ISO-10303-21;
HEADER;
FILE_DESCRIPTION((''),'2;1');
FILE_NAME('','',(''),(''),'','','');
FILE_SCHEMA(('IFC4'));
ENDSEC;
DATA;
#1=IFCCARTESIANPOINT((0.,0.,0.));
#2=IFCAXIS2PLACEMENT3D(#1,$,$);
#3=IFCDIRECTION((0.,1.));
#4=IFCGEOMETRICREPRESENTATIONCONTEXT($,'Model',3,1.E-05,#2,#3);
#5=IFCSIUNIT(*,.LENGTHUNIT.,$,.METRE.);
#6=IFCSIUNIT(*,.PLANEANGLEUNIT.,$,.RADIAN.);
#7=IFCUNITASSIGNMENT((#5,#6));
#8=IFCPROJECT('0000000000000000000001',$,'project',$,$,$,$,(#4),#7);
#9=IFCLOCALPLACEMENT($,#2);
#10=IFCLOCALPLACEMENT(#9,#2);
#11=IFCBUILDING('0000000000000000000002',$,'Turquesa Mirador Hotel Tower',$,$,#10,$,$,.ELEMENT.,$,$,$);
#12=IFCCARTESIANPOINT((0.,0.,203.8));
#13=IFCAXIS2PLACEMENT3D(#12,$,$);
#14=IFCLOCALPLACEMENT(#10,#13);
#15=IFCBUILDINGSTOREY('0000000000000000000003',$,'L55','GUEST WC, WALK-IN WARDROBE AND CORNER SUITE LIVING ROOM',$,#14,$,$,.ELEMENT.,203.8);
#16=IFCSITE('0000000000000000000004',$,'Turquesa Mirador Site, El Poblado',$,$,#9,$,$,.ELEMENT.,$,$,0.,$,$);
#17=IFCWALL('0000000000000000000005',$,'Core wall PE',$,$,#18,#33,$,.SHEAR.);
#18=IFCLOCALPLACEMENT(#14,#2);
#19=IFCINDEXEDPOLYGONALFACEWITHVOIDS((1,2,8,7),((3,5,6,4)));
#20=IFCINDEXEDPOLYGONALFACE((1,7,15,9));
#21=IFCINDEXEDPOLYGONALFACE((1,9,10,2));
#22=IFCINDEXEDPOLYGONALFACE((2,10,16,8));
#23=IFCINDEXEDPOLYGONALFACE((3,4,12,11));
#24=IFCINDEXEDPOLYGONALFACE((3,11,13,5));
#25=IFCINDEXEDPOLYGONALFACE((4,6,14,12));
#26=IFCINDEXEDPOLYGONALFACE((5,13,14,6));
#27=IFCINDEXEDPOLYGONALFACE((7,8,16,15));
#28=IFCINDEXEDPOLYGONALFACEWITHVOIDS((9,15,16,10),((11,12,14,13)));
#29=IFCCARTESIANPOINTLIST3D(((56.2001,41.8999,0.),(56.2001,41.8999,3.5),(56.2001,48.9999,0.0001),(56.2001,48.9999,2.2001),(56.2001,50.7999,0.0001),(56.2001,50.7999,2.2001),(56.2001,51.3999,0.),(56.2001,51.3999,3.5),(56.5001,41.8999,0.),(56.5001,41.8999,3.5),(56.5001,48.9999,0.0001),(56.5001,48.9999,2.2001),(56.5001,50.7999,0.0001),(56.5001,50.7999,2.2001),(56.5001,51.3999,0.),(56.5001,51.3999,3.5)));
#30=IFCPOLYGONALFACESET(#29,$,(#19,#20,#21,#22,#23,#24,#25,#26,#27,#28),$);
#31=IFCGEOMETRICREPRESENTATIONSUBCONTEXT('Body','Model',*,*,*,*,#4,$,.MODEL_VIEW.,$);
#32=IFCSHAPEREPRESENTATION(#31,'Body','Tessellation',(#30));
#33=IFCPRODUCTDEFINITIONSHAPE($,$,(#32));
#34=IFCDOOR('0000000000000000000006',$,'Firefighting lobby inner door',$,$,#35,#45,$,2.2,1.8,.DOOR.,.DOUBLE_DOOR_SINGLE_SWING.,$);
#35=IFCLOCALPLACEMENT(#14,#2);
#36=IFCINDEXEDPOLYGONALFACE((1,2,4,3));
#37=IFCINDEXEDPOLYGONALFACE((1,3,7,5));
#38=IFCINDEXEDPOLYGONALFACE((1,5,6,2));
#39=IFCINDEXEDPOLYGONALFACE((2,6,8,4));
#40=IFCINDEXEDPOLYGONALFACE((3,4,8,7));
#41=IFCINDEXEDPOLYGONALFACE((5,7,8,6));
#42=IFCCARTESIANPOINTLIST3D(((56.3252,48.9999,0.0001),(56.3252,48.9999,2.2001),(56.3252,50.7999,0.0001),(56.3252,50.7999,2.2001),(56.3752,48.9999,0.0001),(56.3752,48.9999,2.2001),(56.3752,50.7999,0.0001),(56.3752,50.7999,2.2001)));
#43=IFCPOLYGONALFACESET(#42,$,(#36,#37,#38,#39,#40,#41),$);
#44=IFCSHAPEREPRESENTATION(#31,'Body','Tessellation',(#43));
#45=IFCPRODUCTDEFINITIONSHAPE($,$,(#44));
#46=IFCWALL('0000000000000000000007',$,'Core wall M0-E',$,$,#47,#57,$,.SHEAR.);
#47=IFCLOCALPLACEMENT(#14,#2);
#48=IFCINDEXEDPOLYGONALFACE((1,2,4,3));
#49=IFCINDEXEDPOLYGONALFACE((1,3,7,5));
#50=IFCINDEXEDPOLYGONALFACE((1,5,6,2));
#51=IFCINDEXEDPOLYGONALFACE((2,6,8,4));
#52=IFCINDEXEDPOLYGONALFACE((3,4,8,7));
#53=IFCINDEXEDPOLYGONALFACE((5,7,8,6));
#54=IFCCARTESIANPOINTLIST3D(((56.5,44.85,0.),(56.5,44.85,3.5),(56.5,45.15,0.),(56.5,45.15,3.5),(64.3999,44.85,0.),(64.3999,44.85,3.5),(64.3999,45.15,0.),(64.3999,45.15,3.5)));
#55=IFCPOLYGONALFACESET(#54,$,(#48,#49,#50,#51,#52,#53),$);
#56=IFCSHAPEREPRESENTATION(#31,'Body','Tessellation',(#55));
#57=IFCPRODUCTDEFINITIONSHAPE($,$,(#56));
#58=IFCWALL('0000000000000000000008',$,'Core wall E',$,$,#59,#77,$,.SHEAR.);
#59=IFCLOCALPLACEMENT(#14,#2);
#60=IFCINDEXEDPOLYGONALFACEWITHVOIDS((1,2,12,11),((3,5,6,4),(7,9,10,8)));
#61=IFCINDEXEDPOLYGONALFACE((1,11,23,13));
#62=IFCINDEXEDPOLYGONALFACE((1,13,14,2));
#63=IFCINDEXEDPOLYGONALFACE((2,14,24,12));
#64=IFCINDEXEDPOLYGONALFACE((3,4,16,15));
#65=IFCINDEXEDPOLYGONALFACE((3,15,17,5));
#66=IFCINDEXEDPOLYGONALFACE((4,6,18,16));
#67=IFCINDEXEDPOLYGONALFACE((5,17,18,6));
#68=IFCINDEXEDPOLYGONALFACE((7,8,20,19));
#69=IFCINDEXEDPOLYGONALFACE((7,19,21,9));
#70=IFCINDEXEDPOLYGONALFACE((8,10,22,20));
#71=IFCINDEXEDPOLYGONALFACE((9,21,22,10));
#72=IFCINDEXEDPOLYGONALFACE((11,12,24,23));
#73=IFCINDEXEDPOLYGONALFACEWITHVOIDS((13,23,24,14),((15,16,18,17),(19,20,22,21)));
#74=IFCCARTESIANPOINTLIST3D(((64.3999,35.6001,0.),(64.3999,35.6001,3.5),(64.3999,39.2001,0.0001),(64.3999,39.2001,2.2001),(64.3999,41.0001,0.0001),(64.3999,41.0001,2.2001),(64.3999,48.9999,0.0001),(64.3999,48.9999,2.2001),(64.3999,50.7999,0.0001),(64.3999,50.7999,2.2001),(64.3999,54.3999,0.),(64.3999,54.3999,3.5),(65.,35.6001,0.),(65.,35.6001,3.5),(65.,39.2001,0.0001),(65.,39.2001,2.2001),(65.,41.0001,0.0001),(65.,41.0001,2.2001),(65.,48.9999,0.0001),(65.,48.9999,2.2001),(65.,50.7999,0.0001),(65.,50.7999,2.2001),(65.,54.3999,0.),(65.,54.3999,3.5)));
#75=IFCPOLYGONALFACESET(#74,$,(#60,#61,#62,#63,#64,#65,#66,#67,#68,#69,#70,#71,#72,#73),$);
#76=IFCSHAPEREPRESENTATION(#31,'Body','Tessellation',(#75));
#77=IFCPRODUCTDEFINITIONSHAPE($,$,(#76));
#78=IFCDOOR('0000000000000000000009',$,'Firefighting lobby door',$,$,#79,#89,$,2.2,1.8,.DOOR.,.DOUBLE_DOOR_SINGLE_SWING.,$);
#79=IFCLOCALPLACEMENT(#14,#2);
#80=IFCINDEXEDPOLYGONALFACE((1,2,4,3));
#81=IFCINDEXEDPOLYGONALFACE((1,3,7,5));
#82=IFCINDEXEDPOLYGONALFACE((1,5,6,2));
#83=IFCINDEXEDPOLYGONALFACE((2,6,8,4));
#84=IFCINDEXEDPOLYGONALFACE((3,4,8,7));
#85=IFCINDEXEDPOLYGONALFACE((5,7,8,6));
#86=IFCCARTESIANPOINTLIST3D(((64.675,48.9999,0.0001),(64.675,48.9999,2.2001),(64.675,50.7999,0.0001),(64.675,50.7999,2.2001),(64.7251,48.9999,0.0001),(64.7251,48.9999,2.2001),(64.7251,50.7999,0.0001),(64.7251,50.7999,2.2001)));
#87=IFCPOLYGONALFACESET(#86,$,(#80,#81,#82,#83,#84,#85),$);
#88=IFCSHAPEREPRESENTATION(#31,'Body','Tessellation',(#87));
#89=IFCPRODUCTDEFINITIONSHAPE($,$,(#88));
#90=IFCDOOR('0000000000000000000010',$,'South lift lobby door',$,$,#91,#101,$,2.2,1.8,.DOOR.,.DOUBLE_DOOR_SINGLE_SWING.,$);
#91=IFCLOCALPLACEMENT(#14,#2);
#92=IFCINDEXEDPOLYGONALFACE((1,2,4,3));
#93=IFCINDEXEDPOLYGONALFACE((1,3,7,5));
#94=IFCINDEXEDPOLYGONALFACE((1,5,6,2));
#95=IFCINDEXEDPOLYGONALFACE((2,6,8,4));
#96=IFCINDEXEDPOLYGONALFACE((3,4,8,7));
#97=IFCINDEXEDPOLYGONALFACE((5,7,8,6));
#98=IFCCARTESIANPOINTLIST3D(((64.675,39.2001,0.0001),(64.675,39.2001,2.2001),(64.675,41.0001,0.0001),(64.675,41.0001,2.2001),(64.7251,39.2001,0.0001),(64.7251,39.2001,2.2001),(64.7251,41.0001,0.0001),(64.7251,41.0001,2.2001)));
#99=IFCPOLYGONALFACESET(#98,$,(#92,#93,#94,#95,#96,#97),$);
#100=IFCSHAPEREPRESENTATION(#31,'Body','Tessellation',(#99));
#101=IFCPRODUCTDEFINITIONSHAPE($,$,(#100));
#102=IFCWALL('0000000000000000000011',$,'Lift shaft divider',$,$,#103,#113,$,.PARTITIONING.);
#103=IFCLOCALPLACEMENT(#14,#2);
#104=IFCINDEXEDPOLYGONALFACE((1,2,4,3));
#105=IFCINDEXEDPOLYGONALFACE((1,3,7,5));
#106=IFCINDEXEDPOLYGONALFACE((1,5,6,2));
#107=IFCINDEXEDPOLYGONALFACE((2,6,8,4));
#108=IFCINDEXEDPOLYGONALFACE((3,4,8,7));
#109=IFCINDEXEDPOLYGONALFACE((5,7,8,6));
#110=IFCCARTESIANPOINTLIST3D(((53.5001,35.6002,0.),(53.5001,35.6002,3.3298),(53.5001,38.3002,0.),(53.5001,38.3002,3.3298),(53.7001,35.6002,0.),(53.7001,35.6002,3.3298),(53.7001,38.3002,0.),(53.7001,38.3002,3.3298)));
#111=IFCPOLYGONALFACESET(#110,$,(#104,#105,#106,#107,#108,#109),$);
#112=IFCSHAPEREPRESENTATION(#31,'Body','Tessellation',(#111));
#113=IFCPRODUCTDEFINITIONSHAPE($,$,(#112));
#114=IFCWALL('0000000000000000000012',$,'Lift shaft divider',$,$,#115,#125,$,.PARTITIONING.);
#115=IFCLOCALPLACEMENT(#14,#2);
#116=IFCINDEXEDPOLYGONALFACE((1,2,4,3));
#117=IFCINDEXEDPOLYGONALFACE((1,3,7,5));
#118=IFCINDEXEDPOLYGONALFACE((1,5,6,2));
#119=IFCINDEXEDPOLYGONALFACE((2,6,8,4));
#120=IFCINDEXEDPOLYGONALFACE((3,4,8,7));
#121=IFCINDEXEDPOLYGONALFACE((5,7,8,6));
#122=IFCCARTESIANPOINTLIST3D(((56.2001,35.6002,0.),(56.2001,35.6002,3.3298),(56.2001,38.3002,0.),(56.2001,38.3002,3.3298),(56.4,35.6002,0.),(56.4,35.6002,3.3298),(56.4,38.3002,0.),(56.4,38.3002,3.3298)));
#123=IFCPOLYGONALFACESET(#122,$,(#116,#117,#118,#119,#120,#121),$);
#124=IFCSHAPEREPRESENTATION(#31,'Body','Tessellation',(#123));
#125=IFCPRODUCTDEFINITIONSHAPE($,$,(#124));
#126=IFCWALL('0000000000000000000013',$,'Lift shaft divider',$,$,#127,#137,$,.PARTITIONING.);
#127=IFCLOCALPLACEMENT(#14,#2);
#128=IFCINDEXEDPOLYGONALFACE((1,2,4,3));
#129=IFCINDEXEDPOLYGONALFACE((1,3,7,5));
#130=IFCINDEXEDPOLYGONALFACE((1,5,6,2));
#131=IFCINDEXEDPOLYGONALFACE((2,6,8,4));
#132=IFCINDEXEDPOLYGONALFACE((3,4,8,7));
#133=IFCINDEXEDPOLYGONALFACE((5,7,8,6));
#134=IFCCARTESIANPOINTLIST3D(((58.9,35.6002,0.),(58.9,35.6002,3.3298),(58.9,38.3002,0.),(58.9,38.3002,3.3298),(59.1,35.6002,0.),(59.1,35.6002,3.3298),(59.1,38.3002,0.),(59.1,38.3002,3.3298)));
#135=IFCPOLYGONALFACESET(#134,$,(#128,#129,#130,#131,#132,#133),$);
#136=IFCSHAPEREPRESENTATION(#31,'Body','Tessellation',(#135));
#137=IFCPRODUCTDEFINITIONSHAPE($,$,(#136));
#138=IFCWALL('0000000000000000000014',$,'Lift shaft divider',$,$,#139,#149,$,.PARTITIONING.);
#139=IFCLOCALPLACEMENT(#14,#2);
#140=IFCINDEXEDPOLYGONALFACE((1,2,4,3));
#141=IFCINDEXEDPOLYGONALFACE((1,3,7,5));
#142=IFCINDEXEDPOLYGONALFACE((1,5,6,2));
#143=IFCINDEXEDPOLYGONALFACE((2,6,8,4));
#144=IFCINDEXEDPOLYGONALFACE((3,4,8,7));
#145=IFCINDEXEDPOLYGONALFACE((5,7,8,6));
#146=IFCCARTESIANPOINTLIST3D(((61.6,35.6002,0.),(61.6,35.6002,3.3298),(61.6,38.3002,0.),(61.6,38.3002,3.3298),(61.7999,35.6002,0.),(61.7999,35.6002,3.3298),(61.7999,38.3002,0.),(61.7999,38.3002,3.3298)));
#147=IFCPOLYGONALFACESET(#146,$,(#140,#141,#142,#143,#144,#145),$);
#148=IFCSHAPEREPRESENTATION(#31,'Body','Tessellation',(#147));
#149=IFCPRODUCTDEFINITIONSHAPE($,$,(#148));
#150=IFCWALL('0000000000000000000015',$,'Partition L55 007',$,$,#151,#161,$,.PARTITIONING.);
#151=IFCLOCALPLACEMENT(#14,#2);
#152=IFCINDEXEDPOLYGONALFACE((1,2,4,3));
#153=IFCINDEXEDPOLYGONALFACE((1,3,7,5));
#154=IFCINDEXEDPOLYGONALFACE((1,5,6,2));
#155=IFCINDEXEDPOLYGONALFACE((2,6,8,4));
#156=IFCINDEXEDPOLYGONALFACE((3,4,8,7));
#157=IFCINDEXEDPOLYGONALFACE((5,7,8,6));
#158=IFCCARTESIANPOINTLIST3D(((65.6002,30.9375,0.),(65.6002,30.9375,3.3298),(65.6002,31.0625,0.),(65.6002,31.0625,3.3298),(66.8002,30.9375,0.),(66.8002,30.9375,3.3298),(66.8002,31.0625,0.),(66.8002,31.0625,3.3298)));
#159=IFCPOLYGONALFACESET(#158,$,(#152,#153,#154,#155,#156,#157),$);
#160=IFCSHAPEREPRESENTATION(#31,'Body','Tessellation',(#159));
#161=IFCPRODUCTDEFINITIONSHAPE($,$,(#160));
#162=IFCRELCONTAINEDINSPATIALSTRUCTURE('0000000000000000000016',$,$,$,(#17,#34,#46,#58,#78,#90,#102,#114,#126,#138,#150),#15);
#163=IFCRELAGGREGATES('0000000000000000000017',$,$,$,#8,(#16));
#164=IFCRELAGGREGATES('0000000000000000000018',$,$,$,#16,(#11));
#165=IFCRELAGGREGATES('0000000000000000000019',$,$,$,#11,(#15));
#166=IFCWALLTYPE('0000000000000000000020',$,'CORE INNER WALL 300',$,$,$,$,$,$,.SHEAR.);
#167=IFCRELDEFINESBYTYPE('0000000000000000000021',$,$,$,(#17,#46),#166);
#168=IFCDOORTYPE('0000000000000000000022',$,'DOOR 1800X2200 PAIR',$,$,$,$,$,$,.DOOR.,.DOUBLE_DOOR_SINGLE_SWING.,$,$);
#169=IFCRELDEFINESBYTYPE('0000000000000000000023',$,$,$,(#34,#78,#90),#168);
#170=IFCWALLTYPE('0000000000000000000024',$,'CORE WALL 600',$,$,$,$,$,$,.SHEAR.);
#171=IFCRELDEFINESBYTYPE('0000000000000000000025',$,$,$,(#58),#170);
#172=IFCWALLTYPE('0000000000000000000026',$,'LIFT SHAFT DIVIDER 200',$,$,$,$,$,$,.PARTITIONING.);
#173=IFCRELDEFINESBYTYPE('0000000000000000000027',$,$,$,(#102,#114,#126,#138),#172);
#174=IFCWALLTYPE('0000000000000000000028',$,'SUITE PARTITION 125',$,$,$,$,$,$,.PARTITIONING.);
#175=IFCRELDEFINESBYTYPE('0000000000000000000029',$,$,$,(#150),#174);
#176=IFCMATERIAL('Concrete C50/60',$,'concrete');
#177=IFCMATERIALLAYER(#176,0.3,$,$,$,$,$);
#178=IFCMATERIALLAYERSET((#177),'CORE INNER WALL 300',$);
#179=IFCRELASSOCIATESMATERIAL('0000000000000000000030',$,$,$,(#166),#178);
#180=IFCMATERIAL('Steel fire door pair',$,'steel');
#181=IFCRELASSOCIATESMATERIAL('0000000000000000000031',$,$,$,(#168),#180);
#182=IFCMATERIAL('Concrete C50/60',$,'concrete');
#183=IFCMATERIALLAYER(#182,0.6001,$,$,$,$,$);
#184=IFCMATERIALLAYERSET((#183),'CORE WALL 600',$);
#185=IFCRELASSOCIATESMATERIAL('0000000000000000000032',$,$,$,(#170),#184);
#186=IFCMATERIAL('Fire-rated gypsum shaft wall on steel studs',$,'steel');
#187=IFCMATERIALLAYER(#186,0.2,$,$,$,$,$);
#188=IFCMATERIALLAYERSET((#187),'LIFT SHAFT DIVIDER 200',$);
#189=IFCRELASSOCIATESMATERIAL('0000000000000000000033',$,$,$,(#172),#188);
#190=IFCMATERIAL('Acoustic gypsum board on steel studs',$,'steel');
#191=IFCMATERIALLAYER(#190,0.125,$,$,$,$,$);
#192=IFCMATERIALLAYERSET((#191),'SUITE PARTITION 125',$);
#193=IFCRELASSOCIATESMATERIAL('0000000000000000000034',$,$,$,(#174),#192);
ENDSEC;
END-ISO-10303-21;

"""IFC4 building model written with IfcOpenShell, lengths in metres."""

from ifc_helpers import new_model, si_unit, direction, frame, frame_2d, origin, place, context, subcontext, project, spatial, rectangle, extrude, material, layer, layer_set, type_object, element, fill, save


model = new_model("IFC4")

# Units and contexts
model_context = context("Model", 3, precision=1e-05, world=origin(), true_north=direction((0.0, 1.0)))
body_context = subcontext(model_context, "Body", "Model", "MODEL_VIEW")
ifc_project = project(units=[si_unit("LENGTHUNIT", "METRE"), si_unit("PLANEANGLEUNIT", "RADIAN")], contexts=[model_context])

# Site, building, storey
site_placement = place(None, origin())
site = spatial("IfcSite", under=ifc_project, at=site_placement, Name="Turquesa Mirador Site, El Poblado", CompositionType="ELEMENT", RefElevation=0.0)
building_placement = place(site_placement, origin())
building = spatial("IfcBuilding", under=site, at=building_placement, Name="Turquesa Mirador Hotel Tower", CompositionType="ELEMENT")
storey_placement = place(building_placement, frame((0.0, 0.0, 203.8)))
storey = spatial("IfcBuildingStorey", under=building, at=storey_placement, Name="L55", Description="GUEST WC, WALK-IN WARDROBE AND CORNER SUITE LIVING ROOM", CompositionType="ELEMENT", Elevation=203.8)

# Wall, opening, door
ifc_material_1 = material(Name="Concrete C50/60", Category="concrete")
ifc_layer_1 = layer(ifc_material_1, 0.3)
ifc_layer_set_1 = layer_set([ifc_layer_1], Name="CORE INNER WALL 300")
wall_type_1 = type_object("IfcWallType", Name="CORE INNER WALL 300", PredefinedType="SHEAR", material=ifc_layer_set_1)
wall_1_placement = place(storey_placement, frame((56.3501, 41.8999, 0.0), z_axis=(0.0, 0.0, 1.0), x_axis=(0.0, 1.0, 0.0)))
wall_1 = element("IfcWall", 1, at=wall_1_placement, inside=storey, type_object=wall_type_1, Name="Core wall PE", PredefinedType="SHEAR", context=body_context, shape_type="SweptSolid", body=[
    extrude(rectangle(XDim=9.5, YDim=0.3, at=frame_2d((4.75, 0.0))), origin(), (0.0, 0.0, 1.0), 3.5),
])
opening_1_placement = place(wall_1_placement, frame((7.1001, 0.0, 0.0)))
opening_1 = element("IfcOpeningElement", 2, at=opening_1_placement, cuts=wall_1, PredefinedType="OPENING", context=body_context, shape_type="SweptSolid", body=[
    extrude(rectangle(XDim=1.8, YDim=2.2, at=frame_2d((0.8999, 1.1001))), frame((0.0, 0.1599, 0.0), z_axis=(0.0, -1.0, 0.0), x_axis=(1.0, 0.0, 0.0)), (0.0, 0.0, 1.0), 0.3201),
])
ifc_material_2 = material(Name="Steel fire door pair", Category="steel")
door_type_1 = type_object("IfcDoorType", Name="DOOR 1800X2200 PAIR", OperationType="DOUBLE_DOOR_SINGLE_SWING", PredefinedType="DOOR", material=ifc_material_2)
door_1_placement = place(opening_1_placement, origin())
door_1 = element("IfcDoor", 3, at=door_1_placement, inside=storey, type_object=door_type_1, Name="Firefighting lobby inner door", OperationType="DOUBLE_DOOR_SINGLE_SWING", OverallHeight=2.2, OverallWidth=1.8, PredefinedType="DOOR", context=body_context, shape_type="SweptSolid", body=[
    extrude(rectangle(XDim=1.8, YDim=2.2, at=frame_2d((0.8999, 1.1001))), frame((0.0, 0.0249, 0.0), z_axis=(0.0, -1.0, 0.0), x_axis=(1.0, 0.0, 0.0)), (0.0, 0.0, 1.0), 0.05),
])
fill(opening_1, door_1)

# Wall
wall_2_placement = place(storey_placement, frame((56.5, 45.0, 0.0), z_axis=(0.0, 0.0, 1.0), x_axis=(1.0, 0.0, 0.0)))
element("IfcWall", 4, at=wall_2_placement, inside=storey, type_object=wall_type_1, Name="Core wall M0-E", PredefinedType="SHEAR", context=body_context, shape_type="SweptSolid", body=[
    extrude(rectangle(XDim=7.8999, YDim=0.3, at=frame_2d((3.95, 0.0))), origin(), (0.0, 0.0, 1.0), 3.5),
])

# Wall, openings, doors
ifc_material_3 = material(Name="Concrete C50/60", Category="concrete")
ifc_layer_2 = layer(ifc_material_3, 0.6001)
ifc_layer_set_2 = layer_set([ifc_layer_2], Name="CORE WALL 600")
wall_type_2 = type_object("IfcWallType", Name="CORE WALL 600", PredefinedType="SHEAR", material=ifc_layer_set_2)
wall_3_placement = place(storey_placement, frame((64.7, 35.6001, 0.0), z_axis=(0.0, 0.0, 1.0), x_axis=(0.0, 1.0, 0.0)))
wall_3 = element("IfcWall", 5, at=wall_3_placement, inside=storey, type_object=wall_type_2, Name="Core wall E", PredefinedType="SHEAR", context=body_context, shape_type="SweptSolid", body=[
    extrude(rectangle(XDim=18.7998, YDim=0.6001, at=frame_2d((9.3999, 0.0))), origin(), (0.0, 0.0, 1.0), 3.5),
])
opening_2_placement = place(wall_3_placement, frame((13.3999, 0.0, 0.0)))
opening_2 = element("IfcOpeningElement", 6, at=opening_2_placement, cuts=wall_3, PredefinedType="OPENING", context=body_context, shape_type="SweptSolid", body=[
    extrude(rectangle(XDim=1.8, YDim=2.2, at=frame_2d((0.8999, 1.1001))), frame((0.0, 0.3101, 0.0), z_axis=(0.0, -1.0, 0.0), x_axis=(1.0, 0.0, 0.0)), (0.0, 0.0, 1.0), 0.6201),
])
opening_3_placement = place(wall_3_placement, frame((3.6001, 0.0, 0.0)))
opening_3 = element("IfcOpeningElement", 7, at=opening_3_placement, cuts=wall_3, PredefinedType="OPENING", context=body_context, shape_type="SweptSolid", body=[
    extrude(rectangle(XDim=1.8, YDim=2.2, at=frame_2d((0.8999, 1.1001))), frame((0.0, 0.3101, 0.0), z_axis=(0.0, -1.0, 0.0), x_axis=(1.0, 0.0, 0.0)), (0.0, 0.0, 1.0), 0.6201),
])
door_2_placement = place(opening_2_placement, origin())
door_2 = element("IfcDoor", 8, at=door_2_placement, inside=storey, type_object=door_type_1, Name="Firefighting lobby door", OperationType="DOUBLE_DOOR_SINGLE_SWING", OverallHeight=2.2, OverallWidth=1.8, PredefinedType="DOOR", context=body_context, shape_type="SweptSolid", body=[
    extrude(rectangle(XDim=1.8, YDim=2.2, at=frame_2d((0.8999, 1.1001))), frame((0.0, 0.0249, 0.0), z_axis=(0.0, -1.0, 0.0), x_axis=(1.0, 0.0, 0.0)), (0.0, 0.0, 1.0), 0.05),
])
fill(opening_2, door_2)
door_3_placement = place(opening_3_placement, origin())
door_3 = element("IfcDoor", 9, at=door_3_placement, inside=storey, type_object=door_type_1, Name="South lift lobby door", OperationType="DOUBLE_DOOR_SINGLE_SWING", OverallHeight=2.2, OverallWidth=1.8, PredefinedType="DOOR", context=body_context, shape_type="SweptSolid", body=[
    extrude(rectangle(XDim=1.8, YDim=2.2, at=frame_2d((0.8999, 1.1001))), frame((0.0, 0.0249, 0.0), z_axis=(0.0, -1.0, 0.0), x_axis=(1.0, 0.0, 0.0)), (0.0, 0.0, 1.0), 0.05),
])
fill(opening_3, door_3)

# Walls
ifc_material_4 = material(Name="Fire-rated gypsum shaft wall on steel studs", Category="steel")
ifc_layer_3 = layer(ifc_material_4, 0.2)
ifc_layer_set_3 = layer_set([ifc_layer_3], Name="LIFT SHAFT DIVIDER 200")
wall_type_3 = type_object("IfcWallType", Name="LIFT SHAFT DIVIDER 200", PredefinedType="PARTITIONING", material=ifc_layer_set_3)
for number, where, z_axis, x_axis, name in (
    (10, (53.6001, 35.6001, 0.0), (0.0, 0.0, 1.0), (0.0, 1.0, 0.0), "Lift shaft divider"),
    (11, (56.3, 35.6001, 0.0), (0.0, 0.0, 1.0), (0.0, 1.0, 0.0), "Lift shaft divider"),
    (12, (59.0, 35.6001, 0.0), (0.0, 0.0, 1.0), (0.0, 1.0, 0.0), "Lift shaft divider"),
    (13, (61.7, 35.6001, 0.0), (0.0, 0.0, 1.0), (0.0, 1.0, 0.0), "Lift shaft divider"),
):
    element("IfcWall", number, at=place(storey_placement, frame(where, z_axis=z_axis, x_axis=x_axis)), inside=storey, type_object=wall_type_3, Name=name, PredefinedType="PARTITIONING", context=body_context, shape_type="SweptSolid", body=[
        extrude(rectangle(XDim=2.7, YDim=0.2, at=frame_2d((1.3501, 0.0))), origin(), (0.0, 0.0, 1.0), 3.3298),
    ])
ifc_material_5 = material(Name="Acoustic gypsum board on steel studs", Category="steel")
ifc_layer_4 = layer(ifc_material_5, 0.125)
ifc_layer_set_4 = layer_set([ifc_layer_4], Name="SUITE PARTITION 125")
wall_type_4 = type_object("IfcWallType", Name="SUITE PARTITION 125", PredefinedType="PARTITIONING", material=ifc_layer_set_4)
wall_4_placement = place(storey_placement, frame((65.6001, 31.0, 0.0), z_axis=(0.0, 0.0, 1.0), x_axis=(1.0, 0.0, 0.0)))
element("IfcWall", 14, at=wall_4_placement, inside=storey, type_object=wall_type_4, Name="Partition L55 007", PredefinedType="PARTITIONING", context=body_context, shape_type="SweptSolid", body=[
    extrude(rectangle(XDim=1.2, YDim=0.125, at=frame_2d((0.6001, 0.0))), origin(), (0.0, 0.0, 1.0), 3.3298),
])

save(model, "model.ifc")
